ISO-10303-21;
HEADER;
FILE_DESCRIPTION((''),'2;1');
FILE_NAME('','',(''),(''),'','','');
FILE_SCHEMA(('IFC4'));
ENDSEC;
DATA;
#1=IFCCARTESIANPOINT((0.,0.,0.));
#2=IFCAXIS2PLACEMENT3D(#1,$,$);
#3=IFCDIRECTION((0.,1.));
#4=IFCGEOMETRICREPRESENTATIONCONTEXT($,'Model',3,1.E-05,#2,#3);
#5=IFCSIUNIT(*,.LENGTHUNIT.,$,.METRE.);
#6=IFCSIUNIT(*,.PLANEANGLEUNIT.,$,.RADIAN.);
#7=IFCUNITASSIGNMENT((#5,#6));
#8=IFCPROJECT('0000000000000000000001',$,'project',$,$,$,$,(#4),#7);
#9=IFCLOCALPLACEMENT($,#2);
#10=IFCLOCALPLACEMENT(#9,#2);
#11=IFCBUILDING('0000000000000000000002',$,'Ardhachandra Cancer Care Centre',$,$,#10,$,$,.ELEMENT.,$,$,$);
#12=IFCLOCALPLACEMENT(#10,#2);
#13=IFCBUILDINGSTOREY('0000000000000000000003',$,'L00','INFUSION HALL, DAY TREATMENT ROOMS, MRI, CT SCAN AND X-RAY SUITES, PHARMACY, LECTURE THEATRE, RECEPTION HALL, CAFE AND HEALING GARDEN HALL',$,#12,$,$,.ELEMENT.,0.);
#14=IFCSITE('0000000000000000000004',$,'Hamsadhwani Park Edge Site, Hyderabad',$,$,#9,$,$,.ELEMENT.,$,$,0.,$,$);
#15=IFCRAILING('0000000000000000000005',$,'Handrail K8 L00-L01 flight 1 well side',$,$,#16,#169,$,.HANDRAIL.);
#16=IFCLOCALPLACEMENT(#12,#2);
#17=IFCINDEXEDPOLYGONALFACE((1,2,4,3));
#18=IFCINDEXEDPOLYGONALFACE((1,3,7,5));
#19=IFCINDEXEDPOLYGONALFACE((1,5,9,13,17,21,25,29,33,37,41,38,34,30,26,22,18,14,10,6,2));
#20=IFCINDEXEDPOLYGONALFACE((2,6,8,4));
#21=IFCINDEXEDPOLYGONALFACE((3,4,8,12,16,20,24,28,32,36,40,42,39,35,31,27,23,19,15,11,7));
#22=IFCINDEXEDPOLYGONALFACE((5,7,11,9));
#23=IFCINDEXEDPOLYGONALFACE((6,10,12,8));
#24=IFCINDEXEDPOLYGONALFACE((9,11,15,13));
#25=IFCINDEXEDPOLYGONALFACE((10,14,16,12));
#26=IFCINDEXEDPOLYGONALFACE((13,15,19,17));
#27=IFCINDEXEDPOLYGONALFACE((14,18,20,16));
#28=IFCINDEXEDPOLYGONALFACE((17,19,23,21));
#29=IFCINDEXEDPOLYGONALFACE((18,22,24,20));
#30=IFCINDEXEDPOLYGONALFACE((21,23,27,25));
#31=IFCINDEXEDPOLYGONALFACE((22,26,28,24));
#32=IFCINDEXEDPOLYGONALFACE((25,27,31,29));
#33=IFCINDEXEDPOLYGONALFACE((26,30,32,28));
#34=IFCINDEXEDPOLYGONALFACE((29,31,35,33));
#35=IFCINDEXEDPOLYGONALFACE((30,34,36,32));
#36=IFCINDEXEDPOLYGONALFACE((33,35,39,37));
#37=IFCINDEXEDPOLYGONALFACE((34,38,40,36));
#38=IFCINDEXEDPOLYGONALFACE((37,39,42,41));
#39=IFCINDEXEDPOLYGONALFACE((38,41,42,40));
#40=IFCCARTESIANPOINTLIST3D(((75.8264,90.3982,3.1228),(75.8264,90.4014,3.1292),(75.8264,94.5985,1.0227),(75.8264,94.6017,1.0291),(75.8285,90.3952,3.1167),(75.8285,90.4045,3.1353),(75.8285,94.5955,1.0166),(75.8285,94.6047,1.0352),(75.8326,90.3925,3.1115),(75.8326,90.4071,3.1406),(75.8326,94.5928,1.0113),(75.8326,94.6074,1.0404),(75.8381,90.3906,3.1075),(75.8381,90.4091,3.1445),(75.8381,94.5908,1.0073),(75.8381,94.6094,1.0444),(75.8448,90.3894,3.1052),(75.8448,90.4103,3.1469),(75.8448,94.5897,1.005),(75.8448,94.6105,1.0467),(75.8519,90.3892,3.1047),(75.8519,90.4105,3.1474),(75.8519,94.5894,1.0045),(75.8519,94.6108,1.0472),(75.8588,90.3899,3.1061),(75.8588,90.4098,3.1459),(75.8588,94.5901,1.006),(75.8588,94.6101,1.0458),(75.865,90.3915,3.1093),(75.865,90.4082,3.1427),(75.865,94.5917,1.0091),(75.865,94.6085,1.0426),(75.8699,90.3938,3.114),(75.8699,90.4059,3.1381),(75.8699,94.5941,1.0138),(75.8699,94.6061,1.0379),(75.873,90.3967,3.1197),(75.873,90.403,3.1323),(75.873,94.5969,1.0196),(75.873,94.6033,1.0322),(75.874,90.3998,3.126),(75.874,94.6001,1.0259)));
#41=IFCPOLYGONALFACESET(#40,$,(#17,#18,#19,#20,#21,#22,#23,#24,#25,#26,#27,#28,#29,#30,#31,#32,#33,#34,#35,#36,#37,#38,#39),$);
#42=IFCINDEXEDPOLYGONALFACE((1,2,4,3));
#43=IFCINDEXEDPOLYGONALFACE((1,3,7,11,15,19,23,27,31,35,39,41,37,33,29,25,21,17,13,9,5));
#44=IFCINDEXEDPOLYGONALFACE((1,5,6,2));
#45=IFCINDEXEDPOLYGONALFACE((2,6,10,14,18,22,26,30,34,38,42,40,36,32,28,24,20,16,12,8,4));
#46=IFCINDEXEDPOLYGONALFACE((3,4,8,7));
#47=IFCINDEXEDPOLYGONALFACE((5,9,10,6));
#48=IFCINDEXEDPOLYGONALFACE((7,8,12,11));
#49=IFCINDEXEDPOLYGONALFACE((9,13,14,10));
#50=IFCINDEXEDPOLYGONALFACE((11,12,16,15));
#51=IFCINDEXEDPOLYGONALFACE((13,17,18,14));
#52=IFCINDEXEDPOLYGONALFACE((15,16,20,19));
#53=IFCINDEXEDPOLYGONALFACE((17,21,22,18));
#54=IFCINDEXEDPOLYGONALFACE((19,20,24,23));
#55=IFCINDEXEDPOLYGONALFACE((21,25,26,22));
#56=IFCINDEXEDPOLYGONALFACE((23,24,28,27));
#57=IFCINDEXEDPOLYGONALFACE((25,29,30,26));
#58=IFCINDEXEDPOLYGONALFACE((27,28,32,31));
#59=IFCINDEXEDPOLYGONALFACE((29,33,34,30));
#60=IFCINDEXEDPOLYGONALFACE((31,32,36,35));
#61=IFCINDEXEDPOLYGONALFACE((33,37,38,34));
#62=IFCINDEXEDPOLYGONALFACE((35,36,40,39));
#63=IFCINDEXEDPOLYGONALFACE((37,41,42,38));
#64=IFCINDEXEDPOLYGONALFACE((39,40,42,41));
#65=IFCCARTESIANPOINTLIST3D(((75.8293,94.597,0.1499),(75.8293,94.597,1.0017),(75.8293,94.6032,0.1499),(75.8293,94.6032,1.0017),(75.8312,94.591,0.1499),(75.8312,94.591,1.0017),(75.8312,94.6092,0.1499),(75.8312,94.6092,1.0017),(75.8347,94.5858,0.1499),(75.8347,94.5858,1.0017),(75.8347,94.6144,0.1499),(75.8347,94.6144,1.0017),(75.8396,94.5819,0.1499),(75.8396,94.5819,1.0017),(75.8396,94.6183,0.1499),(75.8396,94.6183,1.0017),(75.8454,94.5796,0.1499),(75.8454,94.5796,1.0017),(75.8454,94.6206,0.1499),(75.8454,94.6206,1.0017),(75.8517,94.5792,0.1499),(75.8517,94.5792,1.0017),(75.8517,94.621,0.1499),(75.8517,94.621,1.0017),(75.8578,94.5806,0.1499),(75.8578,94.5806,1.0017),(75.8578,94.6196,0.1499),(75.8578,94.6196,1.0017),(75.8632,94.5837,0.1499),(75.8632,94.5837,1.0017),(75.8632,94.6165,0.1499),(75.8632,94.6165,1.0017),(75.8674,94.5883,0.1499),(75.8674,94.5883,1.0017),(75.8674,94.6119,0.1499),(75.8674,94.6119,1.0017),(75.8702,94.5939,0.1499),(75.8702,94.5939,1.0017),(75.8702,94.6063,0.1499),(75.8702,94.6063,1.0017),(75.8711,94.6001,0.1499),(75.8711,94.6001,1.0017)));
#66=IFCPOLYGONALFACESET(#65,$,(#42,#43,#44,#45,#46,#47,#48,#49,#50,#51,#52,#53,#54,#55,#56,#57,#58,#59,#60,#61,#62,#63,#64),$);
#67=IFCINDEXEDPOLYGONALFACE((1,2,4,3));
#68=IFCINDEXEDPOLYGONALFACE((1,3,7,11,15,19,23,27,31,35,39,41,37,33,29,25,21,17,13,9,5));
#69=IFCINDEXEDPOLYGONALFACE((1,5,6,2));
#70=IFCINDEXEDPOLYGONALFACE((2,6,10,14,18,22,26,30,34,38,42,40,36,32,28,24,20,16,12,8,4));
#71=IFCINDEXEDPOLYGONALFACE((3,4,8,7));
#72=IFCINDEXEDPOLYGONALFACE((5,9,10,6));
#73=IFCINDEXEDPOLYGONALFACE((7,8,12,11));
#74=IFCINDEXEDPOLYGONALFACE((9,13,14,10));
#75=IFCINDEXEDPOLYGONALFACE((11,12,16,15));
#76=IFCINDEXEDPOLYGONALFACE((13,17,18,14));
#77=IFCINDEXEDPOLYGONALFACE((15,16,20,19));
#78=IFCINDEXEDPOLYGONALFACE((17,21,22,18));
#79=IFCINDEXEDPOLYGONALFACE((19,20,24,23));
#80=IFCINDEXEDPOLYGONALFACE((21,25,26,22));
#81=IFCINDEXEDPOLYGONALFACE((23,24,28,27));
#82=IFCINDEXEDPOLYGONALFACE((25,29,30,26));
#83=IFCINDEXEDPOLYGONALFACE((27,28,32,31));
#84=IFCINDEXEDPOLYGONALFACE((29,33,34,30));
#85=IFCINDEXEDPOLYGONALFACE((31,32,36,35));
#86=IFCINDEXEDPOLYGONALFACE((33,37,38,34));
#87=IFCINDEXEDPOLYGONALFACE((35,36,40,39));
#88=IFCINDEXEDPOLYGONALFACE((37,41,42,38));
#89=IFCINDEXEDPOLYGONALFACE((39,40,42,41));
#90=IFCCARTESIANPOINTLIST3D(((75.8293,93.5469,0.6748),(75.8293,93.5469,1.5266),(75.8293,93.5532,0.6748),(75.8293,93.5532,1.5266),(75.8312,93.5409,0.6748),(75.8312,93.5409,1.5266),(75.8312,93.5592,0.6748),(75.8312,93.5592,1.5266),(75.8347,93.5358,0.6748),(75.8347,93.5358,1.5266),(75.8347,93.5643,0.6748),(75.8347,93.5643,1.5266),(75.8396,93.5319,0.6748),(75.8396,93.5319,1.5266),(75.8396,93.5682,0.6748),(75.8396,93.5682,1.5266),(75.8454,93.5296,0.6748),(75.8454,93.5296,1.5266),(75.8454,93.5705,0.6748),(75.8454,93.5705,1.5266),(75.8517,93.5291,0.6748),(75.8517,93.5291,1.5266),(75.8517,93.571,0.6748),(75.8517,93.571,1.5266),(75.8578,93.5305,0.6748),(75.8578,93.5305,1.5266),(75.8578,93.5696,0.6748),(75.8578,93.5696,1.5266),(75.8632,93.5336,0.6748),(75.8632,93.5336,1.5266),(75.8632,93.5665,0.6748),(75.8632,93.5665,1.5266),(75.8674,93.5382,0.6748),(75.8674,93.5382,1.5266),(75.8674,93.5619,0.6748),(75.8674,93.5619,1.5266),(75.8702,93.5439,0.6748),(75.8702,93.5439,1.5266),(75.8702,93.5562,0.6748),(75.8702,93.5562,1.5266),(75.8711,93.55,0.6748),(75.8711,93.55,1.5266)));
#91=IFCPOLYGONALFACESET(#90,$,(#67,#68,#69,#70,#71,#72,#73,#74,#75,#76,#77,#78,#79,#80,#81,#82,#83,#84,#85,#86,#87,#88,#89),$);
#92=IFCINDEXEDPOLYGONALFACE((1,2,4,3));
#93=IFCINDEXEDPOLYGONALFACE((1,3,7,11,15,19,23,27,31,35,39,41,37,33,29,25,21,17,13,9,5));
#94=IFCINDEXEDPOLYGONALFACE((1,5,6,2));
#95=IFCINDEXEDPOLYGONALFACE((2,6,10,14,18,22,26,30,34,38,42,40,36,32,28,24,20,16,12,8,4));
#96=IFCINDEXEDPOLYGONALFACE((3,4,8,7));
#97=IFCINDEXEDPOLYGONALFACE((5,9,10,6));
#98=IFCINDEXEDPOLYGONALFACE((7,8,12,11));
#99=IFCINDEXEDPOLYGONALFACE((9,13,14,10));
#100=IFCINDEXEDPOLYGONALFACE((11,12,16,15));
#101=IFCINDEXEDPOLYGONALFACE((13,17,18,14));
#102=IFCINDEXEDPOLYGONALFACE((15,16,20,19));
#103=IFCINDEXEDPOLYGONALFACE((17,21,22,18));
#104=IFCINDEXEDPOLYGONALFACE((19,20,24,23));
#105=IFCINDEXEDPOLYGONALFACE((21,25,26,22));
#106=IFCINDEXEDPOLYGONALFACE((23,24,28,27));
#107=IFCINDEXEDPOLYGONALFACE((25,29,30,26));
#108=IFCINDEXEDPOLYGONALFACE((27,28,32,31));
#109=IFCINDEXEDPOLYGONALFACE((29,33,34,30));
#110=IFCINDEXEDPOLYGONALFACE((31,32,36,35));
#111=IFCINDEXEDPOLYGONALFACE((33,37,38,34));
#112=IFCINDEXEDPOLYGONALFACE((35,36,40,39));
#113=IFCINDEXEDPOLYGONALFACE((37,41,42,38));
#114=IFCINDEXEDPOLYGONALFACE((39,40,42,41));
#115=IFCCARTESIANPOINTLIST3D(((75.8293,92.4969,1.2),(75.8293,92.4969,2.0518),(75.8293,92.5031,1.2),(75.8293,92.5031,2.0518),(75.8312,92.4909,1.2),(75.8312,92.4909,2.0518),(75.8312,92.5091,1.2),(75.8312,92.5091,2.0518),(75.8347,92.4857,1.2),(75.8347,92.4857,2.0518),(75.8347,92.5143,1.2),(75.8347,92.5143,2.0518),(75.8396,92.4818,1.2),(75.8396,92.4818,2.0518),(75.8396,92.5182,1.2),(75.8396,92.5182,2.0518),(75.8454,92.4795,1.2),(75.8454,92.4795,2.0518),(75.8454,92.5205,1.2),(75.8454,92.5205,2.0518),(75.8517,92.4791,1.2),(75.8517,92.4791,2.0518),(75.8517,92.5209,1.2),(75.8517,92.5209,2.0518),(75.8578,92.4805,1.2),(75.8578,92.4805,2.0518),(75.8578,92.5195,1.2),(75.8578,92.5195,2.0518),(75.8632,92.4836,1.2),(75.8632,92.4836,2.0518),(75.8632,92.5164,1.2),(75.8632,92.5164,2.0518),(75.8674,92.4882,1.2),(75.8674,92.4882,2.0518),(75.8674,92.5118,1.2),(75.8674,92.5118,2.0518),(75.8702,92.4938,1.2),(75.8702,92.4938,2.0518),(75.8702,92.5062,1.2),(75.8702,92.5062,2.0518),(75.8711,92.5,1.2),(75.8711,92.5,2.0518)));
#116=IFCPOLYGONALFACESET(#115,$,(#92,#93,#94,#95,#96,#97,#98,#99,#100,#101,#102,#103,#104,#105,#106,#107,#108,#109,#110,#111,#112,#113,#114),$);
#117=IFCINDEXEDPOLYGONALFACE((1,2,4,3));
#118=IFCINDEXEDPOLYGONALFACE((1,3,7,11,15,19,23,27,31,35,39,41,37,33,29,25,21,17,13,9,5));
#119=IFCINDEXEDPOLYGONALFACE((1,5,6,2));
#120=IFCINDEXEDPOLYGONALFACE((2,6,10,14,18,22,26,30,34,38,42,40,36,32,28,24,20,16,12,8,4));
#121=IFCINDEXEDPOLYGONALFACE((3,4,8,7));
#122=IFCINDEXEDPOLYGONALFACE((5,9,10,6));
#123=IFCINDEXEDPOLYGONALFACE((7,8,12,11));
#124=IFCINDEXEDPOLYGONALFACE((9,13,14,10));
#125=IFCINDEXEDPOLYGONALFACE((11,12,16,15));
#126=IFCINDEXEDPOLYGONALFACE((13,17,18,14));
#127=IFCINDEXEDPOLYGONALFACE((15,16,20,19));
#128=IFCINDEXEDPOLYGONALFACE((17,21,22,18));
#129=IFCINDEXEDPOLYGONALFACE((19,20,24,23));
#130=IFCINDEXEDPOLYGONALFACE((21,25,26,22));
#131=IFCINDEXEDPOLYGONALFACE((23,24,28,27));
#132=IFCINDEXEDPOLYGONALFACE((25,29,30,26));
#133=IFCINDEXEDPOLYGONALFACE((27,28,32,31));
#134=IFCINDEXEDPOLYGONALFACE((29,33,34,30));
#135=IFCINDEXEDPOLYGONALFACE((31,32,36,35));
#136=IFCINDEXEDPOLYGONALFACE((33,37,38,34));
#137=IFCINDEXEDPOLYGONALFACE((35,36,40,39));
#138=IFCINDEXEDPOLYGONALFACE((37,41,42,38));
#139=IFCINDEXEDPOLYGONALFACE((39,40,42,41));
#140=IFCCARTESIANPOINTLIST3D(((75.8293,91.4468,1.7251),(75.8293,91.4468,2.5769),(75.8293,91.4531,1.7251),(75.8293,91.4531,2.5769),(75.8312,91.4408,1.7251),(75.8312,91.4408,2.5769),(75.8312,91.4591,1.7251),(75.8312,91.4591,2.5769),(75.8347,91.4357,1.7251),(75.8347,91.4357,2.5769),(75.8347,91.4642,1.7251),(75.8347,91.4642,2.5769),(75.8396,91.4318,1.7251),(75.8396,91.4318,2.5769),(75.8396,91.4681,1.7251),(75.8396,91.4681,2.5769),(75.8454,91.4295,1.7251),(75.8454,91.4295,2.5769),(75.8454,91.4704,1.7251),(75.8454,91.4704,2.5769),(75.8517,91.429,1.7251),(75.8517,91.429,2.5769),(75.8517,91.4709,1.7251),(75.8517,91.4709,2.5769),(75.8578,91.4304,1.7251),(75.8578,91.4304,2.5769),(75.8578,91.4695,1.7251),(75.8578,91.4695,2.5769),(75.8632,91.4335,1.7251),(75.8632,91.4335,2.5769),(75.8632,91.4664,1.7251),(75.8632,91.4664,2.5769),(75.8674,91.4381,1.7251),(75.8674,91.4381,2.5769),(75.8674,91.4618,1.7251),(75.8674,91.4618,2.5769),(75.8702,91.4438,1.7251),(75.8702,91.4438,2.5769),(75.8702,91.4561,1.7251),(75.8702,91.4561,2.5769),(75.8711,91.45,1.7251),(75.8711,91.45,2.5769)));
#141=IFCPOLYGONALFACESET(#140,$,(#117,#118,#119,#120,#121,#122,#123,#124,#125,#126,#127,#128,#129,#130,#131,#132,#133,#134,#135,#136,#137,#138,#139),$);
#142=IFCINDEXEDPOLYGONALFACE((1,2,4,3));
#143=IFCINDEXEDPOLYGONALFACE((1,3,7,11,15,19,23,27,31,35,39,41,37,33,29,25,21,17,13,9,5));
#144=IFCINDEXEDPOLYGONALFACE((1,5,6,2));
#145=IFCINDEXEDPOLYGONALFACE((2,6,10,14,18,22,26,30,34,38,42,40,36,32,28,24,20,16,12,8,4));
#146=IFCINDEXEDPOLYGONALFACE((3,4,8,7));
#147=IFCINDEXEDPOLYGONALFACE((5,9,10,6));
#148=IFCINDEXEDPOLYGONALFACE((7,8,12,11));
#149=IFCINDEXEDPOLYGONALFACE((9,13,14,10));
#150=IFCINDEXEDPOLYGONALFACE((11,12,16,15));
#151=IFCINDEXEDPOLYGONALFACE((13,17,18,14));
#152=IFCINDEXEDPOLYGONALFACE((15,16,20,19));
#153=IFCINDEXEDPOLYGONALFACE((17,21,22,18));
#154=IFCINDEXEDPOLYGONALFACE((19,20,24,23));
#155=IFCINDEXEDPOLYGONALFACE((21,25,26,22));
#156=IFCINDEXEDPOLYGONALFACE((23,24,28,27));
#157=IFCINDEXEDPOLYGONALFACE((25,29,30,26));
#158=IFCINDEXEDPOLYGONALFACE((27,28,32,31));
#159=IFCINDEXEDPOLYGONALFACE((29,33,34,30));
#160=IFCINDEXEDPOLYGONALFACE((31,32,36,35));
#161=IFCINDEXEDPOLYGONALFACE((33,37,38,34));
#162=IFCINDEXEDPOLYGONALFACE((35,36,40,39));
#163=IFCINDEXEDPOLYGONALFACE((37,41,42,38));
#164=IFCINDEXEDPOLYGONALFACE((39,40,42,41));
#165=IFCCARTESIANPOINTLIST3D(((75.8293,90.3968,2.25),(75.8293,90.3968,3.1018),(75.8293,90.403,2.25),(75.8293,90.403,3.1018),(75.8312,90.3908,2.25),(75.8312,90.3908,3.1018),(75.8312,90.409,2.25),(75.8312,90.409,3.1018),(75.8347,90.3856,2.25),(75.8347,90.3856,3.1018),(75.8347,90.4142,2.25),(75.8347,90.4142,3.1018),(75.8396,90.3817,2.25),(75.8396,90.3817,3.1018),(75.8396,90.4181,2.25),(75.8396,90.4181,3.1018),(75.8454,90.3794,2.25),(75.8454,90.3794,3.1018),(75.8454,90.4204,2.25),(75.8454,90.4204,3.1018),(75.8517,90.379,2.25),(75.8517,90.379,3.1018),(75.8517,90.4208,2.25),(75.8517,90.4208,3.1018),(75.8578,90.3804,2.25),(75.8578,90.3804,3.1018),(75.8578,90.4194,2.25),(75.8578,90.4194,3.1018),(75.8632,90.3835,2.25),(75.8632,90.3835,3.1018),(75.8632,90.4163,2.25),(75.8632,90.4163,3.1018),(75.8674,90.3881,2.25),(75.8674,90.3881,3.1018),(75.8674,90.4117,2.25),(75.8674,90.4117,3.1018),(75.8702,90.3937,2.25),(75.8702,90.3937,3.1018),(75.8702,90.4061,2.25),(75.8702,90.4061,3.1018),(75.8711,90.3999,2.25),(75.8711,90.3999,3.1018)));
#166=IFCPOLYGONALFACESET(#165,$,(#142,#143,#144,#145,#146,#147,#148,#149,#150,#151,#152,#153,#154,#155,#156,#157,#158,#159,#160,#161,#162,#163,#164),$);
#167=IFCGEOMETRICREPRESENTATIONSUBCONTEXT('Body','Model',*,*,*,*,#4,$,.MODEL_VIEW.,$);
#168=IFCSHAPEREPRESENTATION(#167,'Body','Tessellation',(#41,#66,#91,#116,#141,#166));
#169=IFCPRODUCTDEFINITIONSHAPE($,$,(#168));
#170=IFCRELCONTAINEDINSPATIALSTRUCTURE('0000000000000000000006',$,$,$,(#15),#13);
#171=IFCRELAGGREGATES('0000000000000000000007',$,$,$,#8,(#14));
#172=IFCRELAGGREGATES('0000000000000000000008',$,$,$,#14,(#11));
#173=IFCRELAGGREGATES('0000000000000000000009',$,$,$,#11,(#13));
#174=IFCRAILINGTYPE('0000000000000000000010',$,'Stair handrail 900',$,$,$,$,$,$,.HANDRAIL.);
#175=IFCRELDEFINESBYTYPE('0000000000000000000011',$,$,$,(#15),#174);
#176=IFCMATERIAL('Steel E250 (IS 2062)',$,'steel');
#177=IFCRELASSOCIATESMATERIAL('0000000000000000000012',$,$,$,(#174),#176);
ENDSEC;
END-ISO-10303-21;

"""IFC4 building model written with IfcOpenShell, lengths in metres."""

from ifc_helpers import new_model, si_unit, direction, frame, origin, origin_2d, place, context, subcontext, project, spatial, circle, extrude, material, type_object, element, save


model = new_model("IFC4")

# Units and contexts
model_context = context("Model", 3, precision=1e-05, world=origin(), true_north=direction((0.0, 1.0)))
body_context = subcontext(model_context, "Body", "Model", "MODEL_VIEW")
ifc_project = project(units=[si_unit("LENGTHUNIT", "METRE"), si_unit("PLANEANGLEUNIT", "RADIAN")], contexts=[model_context])

# Site, building, storey
site_placement = place(None, origin())
site = spatial("IfcSite", under=ifc_project, at=site_placement, Name="Hamsadhwani Park Edge Site, Hyderabad", CompositionType="ELEMENT", RefElevation=0.0)
building_placement = place(site_placement, origin())
building = spatial("IfcBuilding", under=site, at=building_placement, Name="Ardhachandra Cancer Care Centre", CompositionType="ELEMENT")
storey_placement = place(building_placement, origin())
storey = spatial("IfcBuildingStorey", under=building, at=storey_placement, Name="L00", Description="INFUSION HALL, DAY TREATMENT ROOMS, MRI, CT SCAN AND X-RAY SUITES, PHARMACY, LECTURE THEATRE, RECEPTION HALL, CAFE AND HEALING GARDEN HALL", CompositionType="ELEMENT", Elevation=0.0)

# Railing
ifc_material_1 = material(Name="Steel E250 (IS 2062)", Category="steel")
railing_type_1 = type_object("IfcRailingType", Name="Stair handrail 900", PredefinedType="HANDRAIL", material=ifc_material_1)
for number, where, name in (
    (1, (75.8501, 94.6001, 0.1499), "Handrail K8 L00-L01 flight 1 well side"),
):
    element("IfcRailing", number, at=place(storey_placement, frame(where)), inside=storey, type_object=railing_type_1, Name=name, PredefinedType="HANDRAIL", context=body_context, shape_type="SweptSolid", body=[
        extrude(circle(Radius=0.0239, at=origin_2d()), frame((0.0, 0.0, 0.876), z_axis=(0.0, -0.894427, 0.447214), x_axis=(1.0, 0.0, 0.0)), (0.0, 0.0, 1.0), 4.696),
        extrude(circle(Radius=0.021, at=origin_2d()), origin(), (0.0, 0.0, 1.0), 0.8518),
        extrude(circle(Radius=0.021, at=origin_2d()), frame((0.0, -1.05, 0.5249)), (0.0, 0.0, 1.0), 0.8518),
        extrude(circle(Radius=0.021, at=origin_2d()), frame((0.0, -2.1001, 1.05)), (0.0, 0.0, 1.0), 0.8518),
        extrude(circle(Radius=0.021, at=origin_2d()), frame((0.0, -3.1501, 1.5752)), (0.0, 0.0, 1.0), 0.8518),
        extrude(circle(Radius=0.021, at=origin_2d()), frame((0.0, -4.2002, 2.1001)), (0.0, 0.0, 1.0), 0.8518),
    ])

save(model, "model.ifc")
